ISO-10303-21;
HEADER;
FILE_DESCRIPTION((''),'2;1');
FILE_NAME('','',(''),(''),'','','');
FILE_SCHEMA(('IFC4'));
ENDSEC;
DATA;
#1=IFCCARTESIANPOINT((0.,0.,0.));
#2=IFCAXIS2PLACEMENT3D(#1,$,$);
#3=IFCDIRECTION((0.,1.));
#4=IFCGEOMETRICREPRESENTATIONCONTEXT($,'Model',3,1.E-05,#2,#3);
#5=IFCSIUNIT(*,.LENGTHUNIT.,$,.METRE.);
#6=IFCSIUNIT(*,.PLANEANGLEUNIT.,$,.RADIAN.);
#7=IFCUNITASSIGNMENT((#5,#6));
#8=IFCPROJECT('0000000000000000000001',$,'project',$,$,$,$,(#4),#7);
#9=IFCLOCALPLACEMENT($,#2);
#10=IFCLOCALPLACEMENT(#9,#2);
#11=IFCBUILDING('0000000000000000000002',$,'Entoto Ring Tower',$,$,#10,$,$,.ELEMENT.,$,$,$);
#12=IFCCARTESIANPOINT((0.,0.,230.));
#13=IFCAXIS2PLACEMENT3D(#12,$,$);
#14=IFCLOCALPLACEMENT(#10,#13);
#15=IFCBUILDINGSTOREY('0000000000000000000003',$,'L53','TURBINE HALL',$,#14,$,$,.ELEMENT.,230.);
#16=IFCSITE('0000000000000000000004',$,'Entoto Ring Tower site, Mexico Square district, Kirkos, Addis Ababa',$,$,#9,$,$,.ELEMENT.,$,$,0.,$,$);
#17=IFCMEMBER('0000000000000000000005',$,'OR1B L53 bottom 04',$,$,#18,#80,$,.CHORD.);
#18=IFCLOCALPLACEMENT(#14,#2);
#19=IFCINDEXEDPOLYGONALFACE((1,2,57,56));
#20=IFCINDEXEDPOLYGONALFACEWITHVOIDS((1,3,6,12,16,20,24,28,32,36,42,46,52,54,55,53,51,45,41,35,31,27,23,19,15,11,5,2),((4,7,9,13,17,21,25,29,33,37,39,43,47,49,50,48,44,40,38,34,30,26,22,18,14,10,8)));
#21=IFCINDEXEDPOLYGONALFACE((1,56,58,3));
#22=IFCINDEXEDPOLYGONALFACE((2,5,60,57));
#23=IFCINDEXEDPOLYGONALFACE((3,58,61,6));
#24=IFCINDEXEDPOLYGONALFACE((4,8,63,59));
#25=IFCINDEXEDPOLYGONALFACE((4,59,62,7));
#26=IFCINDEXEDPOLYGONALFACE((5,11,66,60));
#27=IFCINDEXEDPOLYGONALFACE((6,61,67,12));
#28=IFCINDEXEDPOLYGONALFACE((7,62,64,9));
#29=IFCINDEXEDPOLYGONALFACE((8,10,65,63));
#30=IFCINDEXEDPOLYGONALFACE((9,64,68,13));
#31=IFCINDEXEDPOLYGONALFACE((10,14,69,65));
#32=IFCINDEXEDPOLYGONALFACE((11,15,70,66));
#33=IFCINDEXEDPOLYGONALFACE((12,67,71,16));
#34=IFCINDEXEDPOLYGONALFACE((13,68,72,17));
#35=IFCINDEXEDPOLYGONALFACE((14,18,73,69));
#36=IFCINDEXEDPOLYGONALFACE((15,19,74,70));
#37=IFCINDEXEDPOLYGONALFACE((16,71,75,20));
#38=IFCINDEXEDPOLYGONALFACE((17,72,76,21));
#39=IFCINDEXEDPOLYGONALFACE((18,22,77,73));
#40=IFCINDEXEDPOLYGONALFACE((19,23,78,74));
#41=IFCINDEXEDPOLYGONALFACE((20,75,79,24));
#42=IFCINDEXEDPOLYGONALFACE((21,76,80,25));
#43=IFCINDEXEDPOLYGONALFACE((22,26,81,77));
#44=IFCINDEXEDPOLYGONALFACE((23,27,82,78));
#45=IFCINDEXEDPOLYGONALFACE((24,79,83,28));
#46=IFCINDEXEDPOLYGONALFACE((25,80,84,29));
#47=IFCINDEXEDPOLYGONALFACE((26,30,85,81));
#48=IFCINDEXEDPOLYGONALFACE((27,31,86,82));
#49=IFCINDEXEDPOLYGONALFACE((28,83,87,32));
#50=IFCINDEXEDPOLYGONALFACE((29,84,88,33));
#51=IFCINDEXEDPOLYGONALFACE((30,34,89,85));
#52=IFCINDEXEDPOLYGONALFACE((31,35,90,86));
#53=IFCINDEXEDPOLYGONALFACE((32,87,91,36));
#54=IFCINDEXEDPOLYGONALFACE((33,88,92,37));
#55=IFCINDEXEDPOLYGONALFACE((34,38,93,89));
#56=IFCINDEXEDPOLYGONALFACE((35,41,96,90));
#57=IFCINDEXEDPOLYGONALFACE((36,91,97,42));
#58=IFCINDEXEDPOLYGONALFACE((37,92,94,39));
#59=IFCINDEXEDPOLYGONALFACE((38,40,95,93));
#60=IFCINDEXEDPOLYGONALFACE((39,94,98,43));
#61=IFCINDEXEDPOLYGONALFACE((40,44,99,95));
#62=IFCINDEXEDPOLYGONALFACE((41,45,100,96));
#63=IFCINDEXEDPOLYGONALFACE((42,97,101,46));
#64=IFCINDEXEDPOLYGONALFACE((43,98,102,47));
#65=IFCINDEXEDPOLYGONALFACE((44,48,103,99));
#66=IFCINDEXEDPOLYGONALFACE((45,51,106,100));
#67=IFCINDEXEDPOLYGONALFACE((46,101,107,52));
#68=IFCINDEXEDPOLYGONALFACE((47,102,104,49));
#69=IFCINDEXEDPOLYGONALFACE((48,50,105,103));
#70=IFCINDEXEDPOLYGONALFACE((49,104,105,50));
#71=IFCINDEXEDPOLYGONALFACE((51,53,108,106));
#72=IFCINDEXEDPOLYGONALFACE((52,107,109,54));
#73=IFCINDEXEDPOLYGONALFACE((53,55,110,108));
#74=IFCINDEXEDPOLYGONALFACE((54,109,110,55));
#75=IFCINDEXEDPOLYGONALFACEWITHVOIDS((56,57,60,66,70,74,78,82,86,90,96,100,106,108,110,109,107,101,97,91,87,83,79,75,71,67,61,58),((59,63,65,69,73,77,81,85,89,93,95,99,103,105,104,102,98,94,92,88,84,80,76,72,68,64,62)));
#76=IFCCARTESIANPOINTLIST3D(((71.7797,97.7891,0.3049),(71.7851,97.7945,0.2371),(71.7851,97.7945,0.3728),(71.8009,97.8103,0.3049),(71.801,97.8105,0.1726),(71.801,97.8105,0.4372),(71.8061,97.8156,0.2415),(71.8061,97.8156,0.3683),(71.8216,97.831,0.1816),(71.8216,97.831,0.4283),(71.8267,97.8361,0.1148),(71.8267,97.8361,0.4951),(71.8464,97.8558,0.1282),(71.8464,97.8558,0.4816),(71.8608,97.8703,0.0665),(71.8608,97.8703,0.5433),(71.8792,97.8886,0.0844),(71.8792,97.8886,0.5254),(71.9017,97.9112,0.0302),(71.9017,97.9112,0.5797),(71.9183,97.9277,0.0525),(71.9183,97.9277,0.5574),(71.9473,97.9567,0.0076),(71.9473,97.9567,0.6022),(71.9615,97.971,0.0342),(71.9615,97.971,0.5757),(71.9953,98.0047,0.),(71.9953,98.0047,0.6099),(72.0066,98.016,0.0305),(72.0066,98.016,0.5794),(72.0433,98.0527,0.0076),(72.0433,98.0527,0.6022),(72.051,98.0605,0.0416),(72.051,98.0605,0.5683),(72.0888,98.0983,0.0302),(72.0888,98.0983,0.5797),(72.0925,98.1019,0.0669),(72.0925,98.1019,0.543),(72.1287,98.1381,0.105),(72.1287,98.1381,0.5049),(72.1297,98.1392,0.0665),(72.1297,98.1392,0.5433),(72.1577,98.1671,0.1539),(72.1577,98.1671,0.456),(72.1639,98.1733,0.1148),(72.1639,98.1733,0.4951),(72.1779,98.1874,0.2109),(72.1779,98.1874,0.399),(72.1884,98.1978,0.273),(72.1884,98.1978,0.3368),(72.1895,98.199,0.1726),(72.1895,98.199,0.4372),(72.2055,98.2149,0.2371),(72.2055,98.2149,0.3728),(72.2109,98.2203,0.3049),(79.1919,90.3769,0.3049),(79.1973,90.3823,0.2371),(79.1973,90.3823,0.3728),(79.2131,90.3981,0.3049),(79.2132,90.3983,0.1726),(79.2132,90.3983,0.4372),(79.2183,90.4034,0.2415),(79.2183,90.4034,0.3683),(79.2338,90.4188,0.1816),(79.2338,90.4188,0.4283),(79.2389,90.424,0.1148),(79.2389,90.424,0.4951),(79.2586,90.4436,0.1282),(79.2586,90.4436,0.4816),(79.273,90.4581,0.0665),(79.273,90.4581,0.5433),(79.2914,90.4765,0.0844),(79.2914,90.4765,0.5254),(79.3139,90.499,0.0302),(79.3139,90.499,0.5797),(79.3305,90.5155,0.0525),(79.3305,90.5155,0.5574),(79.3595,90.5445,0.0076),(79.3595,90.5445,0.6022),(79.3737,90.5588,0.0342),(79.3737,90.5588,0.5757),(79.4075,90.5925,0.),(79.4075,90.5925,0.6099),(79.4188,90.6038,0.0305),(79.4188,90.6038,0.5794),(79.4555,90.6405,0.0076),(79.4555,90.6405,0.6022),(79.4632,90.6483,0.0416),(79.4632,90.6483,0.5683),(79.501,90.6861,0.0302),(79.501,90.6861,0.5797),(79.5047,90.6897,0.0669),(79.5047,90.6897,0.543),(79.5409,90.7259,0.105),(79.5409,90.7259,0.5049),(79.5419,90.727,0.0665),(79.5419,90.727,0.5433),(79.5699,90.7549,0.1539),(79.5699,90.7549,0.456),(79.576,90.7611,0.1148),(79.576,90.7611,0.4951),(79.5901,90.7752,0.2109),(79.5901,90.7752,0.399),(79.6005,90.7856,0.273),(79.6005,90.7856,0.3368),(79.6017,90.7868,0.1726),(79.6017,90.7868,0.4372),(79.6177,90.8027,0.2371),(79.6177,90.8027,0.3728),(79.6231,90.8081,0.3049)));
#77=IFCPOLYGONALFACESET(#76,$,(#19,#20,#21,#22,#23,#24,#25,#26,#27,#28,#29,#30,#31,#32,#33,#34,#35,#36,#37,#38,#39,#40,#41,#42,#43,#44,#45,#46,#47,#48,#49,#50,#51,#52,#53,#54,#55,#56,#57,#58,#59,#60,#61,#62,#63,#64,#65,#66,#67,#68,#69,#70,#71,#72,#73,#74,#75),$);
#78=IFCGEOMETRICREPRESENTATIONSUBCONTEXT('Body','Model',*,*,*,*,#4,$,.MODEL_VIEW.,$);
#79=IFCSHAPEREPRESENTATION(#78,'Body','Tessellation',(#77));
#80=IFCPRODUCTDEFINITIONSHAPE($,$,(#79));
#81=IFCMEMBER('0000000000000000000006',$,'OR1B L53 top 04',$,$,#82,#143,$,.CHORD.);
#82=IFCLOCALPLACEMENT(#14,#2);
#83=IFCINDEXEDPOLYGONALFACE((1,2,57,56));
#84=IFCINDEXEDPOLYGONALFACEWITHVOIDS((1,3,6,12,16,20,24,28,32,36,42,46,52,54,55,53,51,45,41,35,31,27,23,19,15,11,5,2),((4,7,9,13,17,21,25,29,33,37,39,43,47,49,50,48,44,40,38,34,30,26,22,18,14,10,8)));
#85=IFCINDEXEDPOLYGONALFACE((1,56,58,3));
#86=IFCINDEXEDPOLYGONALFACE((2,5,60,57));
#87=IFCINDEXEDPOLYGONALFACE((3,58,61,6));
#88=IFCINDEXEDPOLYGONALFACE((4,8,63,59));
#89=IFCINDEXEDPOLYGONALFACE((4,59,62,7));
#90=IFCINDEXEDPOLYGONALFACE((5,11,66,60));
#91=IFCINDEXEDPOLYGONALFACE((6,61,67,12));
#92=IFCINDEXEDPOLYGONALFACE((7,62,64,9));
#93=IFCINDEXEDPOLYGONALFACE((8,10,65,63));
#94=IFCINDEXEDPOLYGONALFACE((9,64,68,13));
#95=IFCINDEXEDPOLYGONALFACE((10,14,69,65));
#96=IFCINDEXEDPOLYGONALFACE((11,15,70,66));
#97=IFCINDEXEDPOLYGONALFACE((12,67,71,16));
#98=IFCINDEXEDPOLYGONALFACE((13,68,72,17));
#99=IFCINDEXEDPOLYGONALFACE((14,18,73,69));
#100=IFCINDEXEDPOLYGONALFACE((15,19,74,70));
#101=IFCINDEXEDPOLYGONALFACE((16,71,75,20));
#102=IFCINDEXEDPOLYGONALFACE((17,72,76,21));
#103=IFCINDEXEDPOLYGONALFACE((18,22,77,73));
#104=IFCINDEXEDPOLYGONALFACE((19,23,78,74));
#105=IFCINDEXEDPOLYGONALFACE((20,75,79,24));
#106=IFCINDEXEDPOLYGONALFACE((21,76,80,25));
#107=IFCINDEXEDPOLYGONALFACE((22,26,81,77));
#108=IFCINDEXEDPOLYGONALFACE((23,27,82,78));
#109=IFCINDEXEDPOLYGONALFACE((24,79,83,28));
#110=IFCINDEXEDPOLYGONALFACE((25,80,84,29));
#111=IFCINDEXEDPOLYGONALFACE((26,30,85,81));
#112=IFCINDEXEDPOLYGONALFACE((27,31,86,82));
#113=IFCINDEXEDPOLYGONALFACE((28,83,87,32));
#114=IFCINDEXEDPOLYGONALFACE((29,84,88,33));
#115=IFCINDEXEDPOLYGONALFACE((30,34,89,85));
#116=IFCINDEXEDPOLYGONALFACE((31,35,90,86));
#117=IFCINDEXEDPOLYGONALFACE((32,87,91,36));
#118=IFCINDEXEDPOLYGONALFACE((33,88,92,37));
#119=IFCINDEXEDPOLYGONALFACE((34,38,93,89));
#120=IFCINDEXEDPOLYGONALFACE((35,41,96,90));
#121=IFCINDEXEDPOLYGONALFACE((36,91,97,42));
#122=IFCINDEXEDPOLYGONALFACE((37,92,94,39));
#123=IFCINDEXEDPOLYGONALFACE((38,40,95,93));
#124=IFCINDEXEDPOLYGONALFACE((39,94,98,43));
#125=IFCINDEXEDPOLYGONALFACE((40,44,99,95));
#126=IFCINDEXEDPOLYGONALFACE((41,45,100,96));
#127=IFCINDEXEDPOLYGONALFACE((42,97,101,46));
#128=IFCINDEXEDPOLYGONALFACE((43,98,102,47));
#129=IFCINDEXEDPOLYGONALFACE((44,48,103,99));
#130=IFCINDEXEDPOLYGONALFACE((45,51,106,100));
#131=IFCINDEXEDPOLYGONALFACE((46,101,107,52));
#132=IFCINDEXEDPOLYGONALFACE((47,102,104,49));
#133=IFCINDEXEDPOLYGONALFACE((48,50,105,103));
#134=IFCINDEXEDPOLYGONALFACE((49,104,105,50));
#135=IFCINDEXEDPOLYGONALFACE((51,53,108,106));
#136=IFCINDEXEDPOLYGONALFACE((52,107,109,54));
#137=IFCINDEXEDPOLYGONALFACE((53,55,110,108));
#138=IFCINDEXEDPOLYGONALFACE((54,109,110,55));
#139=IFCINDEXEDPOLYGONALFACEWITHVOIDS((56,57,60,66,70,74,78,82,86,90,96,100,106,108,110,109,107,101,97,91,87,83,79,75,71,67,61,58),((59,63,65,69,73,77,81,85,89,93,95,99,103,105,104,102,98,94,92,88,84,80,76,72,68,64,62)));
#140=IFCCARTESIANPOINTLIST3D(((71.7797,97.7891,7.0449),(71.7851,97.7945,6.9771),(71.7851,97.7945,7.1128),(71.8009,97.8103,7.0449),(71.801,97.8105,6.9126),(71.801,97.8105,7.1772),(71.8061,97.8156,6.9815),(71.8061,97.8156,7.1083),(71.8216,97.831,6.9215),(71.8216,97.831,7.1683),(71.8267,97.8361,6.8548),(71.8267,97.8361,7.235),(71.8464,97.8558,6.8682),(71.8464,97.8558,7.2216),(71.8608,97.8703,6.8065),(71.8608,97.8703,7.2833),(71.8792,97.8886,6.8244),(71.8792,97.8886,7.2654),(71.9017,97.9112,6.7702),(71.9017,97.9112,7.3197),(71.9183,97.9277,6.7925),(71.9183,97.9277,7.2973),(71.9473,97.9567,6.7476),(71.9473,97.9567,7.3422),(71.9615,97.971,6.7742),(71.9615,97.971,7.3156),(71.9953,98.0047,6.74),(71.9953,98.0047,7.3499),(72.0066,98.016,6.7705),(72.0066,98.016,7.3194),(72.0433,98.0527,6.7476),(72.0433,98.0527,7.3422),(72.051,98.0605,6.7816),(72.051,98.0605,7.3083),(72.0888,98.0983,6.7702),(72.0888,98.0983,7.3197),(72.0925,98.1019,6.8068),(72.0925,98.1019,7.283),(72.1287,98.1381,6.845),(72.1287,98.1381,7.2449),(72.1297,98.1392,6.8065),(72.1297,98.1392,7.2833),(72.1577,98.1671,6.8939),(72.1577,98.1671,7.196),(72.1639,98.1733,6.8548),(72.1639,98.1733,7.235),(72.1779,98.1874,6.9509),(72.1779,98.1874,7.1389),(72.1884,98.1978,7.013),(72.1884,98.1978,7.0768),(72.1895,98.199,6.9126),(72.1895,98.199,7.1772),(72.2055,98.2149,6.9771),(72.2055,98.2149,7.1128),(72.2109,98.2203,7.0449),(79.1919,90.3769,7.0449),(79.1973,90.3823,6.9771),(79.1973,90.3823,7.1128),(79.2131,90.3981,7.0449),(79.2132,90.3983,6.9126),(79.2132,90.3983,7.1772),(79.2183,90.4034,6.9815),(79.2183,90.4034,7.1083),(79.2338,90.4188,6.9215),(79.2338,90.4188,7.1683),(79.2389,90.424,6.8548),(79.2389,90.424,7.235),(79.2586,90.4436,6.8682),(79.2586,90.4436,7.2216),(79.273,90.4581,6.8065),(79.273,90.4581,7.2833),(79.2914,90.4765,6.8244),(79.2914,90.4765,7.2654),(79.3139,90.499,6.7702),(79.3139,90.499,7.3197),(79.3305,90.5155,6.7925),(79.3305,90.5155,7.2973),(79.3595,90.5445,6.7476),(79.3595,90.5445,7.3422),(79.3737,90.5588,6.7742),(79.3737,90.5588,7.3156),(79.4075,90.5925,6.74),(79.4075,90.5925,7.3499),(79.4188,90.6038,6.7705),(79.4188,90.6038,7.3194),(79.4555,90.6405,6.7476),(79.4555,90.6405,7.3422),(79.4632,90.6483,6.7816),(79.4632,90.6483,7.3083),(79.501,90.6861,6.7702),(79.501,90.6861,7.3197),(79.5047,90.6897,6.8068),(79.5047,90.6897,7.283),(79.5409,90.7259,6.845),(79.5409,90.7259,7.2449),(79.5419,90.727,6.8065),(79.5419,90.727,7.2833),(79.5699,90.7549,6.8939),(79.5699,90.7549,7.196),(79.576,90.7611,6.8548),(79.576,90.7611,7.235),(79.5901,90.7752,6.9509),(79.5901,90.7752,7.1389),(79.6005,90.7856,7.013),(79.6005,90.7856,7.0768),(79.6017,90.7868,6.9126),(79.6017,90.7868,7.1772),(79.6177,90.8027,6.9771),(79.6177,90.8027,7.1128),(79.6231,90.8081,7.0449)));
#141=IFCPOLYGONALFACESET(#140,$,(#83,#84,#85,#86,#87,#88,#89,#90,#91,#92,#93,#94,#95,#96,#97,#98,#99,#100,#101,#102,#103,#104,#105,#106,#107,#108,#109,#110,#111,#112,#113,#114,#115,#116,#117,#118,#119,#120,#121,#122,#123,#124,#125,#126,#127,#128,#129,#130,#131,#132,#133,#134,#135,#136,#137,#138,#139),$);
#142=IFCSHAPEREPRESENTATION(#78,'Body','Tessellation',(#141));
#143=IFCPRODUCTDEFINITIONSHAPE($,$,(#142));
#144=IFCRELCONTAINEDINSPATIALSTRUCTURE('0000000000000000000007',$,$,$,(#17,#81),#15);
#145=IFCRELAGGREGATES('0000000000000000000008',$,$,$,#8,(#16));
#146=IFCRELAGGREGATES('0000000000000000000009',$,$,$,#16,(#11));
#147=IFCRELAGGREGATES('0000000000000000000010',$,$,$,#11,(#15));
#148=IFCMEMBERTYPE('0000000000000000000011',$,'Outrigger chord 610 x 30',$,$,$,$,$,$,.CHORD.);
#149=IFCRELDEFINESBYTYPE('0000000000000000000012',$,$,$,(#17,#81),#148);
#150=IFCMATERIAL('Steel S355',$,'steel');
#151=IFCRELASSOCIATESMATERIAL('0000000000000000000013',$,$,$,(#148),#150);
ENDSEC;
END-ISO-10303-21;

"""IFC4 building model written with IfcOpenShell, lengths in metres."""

from ifc_helpers import new_model, si_unit, direction, frame, origin, origin_2d, place, context, subcontext, project, spatial, circle, hollow_circle, extrude, material, material_profile, profile_set, type_object, element, save


model = new_model("IFC4")

# Units and contexts
model_context = context("Model", 3, precision=1e-05, world=origin(), true_north=direction((0.0, 1.0)))
body_context = subcontext(model_context, "Body", "Model", "MODEL_VIEW")
ifc_project = project(units=[si_unit("LENGTHUNIT", "METRE"), si_unit("PLANEANGLEUNIT", "RADIAN")], contexts=[model_context])

# Site, building, storey
site_placement = place(None, origin())
site = spatial("IfcSite", under=ifc_project, at=site_placement, Name="Entoto Ring Tower site, Mexico Square district, Kirkos, Addis Ababa", CompositionType="ELEMENT", RefElevation=0.0)
building_placement = place(site_placement, origin())
building = spatial("IfcBuilding", under=site, at=building_placement, Name="Entoto Ring Tower", CompositionType="ELEMENT")
storey_placement = place(building_placement, frame((0.0, 0.0, 230.0)))
storey = spatial("IfcBuildingStorey", under=building, at=storey_placement, Name="L53", Description="TURBINE HALL", CompositionType="ELEMENT", Elevation=230.0)

# Members
ifc_material_1 = material(Name="Steel S355", Category="steel")
ifc_material_profile_1 = material_profile(ifc_material_1, hollow_circle(Radius=0.3049, WallThickness=0.03, at=origin_2d()), Name="CHS 610 x 30")
ifc_material_2 = material(Name="Concrete C60/75", Category="concrete")
ifc_material_profile_2 = material_profile(ifc_material_2, circle(Radius=0.2749, at=origin_2d()), Name="Concrete C60/75 infill")
ifc_profile_set_1 = profile_set([ifc_material_profile_1, ifc_material_profile_2], Name="Steel S355")
member_type_1 = type_object("IfcMemberType", Name="Outrigger chord 610 x 30", PredefinedType="CHORD", material=ifc_profile_set_1)
for number, where, z_axis, x_axis, name in (
    (1, (79.4075, 90.5925, 0.3049), (-0.707107, 0.707107, 0.0), (-0.707107, -0.707107, 0.0), "OR1B L53 bottom 04"),
    (2, (79.4075, 90.5925, 7.0449), (-0.707107, 0.707107, 0.0), (-0.707107, -0.707107, 0.0), "OR1B L53 top 04"),
):
    element("IfcMember", number, at=place(storey_placement, frame(where, z_axis=z_axis, x_axis=x_axis)), inside=storey, type_object=member_type_1, Name=name, PredefinedType="CHORD", context=body_context, shape_type="SweptSolid", body=[
        extrude(hollow_circle(Radius=0.3049, WallThickness=0.03, at=origin_2d()), origin(), (0.0, 0.0, 1.0), 10.4824),
    ])

save(model, "model.ifc")
